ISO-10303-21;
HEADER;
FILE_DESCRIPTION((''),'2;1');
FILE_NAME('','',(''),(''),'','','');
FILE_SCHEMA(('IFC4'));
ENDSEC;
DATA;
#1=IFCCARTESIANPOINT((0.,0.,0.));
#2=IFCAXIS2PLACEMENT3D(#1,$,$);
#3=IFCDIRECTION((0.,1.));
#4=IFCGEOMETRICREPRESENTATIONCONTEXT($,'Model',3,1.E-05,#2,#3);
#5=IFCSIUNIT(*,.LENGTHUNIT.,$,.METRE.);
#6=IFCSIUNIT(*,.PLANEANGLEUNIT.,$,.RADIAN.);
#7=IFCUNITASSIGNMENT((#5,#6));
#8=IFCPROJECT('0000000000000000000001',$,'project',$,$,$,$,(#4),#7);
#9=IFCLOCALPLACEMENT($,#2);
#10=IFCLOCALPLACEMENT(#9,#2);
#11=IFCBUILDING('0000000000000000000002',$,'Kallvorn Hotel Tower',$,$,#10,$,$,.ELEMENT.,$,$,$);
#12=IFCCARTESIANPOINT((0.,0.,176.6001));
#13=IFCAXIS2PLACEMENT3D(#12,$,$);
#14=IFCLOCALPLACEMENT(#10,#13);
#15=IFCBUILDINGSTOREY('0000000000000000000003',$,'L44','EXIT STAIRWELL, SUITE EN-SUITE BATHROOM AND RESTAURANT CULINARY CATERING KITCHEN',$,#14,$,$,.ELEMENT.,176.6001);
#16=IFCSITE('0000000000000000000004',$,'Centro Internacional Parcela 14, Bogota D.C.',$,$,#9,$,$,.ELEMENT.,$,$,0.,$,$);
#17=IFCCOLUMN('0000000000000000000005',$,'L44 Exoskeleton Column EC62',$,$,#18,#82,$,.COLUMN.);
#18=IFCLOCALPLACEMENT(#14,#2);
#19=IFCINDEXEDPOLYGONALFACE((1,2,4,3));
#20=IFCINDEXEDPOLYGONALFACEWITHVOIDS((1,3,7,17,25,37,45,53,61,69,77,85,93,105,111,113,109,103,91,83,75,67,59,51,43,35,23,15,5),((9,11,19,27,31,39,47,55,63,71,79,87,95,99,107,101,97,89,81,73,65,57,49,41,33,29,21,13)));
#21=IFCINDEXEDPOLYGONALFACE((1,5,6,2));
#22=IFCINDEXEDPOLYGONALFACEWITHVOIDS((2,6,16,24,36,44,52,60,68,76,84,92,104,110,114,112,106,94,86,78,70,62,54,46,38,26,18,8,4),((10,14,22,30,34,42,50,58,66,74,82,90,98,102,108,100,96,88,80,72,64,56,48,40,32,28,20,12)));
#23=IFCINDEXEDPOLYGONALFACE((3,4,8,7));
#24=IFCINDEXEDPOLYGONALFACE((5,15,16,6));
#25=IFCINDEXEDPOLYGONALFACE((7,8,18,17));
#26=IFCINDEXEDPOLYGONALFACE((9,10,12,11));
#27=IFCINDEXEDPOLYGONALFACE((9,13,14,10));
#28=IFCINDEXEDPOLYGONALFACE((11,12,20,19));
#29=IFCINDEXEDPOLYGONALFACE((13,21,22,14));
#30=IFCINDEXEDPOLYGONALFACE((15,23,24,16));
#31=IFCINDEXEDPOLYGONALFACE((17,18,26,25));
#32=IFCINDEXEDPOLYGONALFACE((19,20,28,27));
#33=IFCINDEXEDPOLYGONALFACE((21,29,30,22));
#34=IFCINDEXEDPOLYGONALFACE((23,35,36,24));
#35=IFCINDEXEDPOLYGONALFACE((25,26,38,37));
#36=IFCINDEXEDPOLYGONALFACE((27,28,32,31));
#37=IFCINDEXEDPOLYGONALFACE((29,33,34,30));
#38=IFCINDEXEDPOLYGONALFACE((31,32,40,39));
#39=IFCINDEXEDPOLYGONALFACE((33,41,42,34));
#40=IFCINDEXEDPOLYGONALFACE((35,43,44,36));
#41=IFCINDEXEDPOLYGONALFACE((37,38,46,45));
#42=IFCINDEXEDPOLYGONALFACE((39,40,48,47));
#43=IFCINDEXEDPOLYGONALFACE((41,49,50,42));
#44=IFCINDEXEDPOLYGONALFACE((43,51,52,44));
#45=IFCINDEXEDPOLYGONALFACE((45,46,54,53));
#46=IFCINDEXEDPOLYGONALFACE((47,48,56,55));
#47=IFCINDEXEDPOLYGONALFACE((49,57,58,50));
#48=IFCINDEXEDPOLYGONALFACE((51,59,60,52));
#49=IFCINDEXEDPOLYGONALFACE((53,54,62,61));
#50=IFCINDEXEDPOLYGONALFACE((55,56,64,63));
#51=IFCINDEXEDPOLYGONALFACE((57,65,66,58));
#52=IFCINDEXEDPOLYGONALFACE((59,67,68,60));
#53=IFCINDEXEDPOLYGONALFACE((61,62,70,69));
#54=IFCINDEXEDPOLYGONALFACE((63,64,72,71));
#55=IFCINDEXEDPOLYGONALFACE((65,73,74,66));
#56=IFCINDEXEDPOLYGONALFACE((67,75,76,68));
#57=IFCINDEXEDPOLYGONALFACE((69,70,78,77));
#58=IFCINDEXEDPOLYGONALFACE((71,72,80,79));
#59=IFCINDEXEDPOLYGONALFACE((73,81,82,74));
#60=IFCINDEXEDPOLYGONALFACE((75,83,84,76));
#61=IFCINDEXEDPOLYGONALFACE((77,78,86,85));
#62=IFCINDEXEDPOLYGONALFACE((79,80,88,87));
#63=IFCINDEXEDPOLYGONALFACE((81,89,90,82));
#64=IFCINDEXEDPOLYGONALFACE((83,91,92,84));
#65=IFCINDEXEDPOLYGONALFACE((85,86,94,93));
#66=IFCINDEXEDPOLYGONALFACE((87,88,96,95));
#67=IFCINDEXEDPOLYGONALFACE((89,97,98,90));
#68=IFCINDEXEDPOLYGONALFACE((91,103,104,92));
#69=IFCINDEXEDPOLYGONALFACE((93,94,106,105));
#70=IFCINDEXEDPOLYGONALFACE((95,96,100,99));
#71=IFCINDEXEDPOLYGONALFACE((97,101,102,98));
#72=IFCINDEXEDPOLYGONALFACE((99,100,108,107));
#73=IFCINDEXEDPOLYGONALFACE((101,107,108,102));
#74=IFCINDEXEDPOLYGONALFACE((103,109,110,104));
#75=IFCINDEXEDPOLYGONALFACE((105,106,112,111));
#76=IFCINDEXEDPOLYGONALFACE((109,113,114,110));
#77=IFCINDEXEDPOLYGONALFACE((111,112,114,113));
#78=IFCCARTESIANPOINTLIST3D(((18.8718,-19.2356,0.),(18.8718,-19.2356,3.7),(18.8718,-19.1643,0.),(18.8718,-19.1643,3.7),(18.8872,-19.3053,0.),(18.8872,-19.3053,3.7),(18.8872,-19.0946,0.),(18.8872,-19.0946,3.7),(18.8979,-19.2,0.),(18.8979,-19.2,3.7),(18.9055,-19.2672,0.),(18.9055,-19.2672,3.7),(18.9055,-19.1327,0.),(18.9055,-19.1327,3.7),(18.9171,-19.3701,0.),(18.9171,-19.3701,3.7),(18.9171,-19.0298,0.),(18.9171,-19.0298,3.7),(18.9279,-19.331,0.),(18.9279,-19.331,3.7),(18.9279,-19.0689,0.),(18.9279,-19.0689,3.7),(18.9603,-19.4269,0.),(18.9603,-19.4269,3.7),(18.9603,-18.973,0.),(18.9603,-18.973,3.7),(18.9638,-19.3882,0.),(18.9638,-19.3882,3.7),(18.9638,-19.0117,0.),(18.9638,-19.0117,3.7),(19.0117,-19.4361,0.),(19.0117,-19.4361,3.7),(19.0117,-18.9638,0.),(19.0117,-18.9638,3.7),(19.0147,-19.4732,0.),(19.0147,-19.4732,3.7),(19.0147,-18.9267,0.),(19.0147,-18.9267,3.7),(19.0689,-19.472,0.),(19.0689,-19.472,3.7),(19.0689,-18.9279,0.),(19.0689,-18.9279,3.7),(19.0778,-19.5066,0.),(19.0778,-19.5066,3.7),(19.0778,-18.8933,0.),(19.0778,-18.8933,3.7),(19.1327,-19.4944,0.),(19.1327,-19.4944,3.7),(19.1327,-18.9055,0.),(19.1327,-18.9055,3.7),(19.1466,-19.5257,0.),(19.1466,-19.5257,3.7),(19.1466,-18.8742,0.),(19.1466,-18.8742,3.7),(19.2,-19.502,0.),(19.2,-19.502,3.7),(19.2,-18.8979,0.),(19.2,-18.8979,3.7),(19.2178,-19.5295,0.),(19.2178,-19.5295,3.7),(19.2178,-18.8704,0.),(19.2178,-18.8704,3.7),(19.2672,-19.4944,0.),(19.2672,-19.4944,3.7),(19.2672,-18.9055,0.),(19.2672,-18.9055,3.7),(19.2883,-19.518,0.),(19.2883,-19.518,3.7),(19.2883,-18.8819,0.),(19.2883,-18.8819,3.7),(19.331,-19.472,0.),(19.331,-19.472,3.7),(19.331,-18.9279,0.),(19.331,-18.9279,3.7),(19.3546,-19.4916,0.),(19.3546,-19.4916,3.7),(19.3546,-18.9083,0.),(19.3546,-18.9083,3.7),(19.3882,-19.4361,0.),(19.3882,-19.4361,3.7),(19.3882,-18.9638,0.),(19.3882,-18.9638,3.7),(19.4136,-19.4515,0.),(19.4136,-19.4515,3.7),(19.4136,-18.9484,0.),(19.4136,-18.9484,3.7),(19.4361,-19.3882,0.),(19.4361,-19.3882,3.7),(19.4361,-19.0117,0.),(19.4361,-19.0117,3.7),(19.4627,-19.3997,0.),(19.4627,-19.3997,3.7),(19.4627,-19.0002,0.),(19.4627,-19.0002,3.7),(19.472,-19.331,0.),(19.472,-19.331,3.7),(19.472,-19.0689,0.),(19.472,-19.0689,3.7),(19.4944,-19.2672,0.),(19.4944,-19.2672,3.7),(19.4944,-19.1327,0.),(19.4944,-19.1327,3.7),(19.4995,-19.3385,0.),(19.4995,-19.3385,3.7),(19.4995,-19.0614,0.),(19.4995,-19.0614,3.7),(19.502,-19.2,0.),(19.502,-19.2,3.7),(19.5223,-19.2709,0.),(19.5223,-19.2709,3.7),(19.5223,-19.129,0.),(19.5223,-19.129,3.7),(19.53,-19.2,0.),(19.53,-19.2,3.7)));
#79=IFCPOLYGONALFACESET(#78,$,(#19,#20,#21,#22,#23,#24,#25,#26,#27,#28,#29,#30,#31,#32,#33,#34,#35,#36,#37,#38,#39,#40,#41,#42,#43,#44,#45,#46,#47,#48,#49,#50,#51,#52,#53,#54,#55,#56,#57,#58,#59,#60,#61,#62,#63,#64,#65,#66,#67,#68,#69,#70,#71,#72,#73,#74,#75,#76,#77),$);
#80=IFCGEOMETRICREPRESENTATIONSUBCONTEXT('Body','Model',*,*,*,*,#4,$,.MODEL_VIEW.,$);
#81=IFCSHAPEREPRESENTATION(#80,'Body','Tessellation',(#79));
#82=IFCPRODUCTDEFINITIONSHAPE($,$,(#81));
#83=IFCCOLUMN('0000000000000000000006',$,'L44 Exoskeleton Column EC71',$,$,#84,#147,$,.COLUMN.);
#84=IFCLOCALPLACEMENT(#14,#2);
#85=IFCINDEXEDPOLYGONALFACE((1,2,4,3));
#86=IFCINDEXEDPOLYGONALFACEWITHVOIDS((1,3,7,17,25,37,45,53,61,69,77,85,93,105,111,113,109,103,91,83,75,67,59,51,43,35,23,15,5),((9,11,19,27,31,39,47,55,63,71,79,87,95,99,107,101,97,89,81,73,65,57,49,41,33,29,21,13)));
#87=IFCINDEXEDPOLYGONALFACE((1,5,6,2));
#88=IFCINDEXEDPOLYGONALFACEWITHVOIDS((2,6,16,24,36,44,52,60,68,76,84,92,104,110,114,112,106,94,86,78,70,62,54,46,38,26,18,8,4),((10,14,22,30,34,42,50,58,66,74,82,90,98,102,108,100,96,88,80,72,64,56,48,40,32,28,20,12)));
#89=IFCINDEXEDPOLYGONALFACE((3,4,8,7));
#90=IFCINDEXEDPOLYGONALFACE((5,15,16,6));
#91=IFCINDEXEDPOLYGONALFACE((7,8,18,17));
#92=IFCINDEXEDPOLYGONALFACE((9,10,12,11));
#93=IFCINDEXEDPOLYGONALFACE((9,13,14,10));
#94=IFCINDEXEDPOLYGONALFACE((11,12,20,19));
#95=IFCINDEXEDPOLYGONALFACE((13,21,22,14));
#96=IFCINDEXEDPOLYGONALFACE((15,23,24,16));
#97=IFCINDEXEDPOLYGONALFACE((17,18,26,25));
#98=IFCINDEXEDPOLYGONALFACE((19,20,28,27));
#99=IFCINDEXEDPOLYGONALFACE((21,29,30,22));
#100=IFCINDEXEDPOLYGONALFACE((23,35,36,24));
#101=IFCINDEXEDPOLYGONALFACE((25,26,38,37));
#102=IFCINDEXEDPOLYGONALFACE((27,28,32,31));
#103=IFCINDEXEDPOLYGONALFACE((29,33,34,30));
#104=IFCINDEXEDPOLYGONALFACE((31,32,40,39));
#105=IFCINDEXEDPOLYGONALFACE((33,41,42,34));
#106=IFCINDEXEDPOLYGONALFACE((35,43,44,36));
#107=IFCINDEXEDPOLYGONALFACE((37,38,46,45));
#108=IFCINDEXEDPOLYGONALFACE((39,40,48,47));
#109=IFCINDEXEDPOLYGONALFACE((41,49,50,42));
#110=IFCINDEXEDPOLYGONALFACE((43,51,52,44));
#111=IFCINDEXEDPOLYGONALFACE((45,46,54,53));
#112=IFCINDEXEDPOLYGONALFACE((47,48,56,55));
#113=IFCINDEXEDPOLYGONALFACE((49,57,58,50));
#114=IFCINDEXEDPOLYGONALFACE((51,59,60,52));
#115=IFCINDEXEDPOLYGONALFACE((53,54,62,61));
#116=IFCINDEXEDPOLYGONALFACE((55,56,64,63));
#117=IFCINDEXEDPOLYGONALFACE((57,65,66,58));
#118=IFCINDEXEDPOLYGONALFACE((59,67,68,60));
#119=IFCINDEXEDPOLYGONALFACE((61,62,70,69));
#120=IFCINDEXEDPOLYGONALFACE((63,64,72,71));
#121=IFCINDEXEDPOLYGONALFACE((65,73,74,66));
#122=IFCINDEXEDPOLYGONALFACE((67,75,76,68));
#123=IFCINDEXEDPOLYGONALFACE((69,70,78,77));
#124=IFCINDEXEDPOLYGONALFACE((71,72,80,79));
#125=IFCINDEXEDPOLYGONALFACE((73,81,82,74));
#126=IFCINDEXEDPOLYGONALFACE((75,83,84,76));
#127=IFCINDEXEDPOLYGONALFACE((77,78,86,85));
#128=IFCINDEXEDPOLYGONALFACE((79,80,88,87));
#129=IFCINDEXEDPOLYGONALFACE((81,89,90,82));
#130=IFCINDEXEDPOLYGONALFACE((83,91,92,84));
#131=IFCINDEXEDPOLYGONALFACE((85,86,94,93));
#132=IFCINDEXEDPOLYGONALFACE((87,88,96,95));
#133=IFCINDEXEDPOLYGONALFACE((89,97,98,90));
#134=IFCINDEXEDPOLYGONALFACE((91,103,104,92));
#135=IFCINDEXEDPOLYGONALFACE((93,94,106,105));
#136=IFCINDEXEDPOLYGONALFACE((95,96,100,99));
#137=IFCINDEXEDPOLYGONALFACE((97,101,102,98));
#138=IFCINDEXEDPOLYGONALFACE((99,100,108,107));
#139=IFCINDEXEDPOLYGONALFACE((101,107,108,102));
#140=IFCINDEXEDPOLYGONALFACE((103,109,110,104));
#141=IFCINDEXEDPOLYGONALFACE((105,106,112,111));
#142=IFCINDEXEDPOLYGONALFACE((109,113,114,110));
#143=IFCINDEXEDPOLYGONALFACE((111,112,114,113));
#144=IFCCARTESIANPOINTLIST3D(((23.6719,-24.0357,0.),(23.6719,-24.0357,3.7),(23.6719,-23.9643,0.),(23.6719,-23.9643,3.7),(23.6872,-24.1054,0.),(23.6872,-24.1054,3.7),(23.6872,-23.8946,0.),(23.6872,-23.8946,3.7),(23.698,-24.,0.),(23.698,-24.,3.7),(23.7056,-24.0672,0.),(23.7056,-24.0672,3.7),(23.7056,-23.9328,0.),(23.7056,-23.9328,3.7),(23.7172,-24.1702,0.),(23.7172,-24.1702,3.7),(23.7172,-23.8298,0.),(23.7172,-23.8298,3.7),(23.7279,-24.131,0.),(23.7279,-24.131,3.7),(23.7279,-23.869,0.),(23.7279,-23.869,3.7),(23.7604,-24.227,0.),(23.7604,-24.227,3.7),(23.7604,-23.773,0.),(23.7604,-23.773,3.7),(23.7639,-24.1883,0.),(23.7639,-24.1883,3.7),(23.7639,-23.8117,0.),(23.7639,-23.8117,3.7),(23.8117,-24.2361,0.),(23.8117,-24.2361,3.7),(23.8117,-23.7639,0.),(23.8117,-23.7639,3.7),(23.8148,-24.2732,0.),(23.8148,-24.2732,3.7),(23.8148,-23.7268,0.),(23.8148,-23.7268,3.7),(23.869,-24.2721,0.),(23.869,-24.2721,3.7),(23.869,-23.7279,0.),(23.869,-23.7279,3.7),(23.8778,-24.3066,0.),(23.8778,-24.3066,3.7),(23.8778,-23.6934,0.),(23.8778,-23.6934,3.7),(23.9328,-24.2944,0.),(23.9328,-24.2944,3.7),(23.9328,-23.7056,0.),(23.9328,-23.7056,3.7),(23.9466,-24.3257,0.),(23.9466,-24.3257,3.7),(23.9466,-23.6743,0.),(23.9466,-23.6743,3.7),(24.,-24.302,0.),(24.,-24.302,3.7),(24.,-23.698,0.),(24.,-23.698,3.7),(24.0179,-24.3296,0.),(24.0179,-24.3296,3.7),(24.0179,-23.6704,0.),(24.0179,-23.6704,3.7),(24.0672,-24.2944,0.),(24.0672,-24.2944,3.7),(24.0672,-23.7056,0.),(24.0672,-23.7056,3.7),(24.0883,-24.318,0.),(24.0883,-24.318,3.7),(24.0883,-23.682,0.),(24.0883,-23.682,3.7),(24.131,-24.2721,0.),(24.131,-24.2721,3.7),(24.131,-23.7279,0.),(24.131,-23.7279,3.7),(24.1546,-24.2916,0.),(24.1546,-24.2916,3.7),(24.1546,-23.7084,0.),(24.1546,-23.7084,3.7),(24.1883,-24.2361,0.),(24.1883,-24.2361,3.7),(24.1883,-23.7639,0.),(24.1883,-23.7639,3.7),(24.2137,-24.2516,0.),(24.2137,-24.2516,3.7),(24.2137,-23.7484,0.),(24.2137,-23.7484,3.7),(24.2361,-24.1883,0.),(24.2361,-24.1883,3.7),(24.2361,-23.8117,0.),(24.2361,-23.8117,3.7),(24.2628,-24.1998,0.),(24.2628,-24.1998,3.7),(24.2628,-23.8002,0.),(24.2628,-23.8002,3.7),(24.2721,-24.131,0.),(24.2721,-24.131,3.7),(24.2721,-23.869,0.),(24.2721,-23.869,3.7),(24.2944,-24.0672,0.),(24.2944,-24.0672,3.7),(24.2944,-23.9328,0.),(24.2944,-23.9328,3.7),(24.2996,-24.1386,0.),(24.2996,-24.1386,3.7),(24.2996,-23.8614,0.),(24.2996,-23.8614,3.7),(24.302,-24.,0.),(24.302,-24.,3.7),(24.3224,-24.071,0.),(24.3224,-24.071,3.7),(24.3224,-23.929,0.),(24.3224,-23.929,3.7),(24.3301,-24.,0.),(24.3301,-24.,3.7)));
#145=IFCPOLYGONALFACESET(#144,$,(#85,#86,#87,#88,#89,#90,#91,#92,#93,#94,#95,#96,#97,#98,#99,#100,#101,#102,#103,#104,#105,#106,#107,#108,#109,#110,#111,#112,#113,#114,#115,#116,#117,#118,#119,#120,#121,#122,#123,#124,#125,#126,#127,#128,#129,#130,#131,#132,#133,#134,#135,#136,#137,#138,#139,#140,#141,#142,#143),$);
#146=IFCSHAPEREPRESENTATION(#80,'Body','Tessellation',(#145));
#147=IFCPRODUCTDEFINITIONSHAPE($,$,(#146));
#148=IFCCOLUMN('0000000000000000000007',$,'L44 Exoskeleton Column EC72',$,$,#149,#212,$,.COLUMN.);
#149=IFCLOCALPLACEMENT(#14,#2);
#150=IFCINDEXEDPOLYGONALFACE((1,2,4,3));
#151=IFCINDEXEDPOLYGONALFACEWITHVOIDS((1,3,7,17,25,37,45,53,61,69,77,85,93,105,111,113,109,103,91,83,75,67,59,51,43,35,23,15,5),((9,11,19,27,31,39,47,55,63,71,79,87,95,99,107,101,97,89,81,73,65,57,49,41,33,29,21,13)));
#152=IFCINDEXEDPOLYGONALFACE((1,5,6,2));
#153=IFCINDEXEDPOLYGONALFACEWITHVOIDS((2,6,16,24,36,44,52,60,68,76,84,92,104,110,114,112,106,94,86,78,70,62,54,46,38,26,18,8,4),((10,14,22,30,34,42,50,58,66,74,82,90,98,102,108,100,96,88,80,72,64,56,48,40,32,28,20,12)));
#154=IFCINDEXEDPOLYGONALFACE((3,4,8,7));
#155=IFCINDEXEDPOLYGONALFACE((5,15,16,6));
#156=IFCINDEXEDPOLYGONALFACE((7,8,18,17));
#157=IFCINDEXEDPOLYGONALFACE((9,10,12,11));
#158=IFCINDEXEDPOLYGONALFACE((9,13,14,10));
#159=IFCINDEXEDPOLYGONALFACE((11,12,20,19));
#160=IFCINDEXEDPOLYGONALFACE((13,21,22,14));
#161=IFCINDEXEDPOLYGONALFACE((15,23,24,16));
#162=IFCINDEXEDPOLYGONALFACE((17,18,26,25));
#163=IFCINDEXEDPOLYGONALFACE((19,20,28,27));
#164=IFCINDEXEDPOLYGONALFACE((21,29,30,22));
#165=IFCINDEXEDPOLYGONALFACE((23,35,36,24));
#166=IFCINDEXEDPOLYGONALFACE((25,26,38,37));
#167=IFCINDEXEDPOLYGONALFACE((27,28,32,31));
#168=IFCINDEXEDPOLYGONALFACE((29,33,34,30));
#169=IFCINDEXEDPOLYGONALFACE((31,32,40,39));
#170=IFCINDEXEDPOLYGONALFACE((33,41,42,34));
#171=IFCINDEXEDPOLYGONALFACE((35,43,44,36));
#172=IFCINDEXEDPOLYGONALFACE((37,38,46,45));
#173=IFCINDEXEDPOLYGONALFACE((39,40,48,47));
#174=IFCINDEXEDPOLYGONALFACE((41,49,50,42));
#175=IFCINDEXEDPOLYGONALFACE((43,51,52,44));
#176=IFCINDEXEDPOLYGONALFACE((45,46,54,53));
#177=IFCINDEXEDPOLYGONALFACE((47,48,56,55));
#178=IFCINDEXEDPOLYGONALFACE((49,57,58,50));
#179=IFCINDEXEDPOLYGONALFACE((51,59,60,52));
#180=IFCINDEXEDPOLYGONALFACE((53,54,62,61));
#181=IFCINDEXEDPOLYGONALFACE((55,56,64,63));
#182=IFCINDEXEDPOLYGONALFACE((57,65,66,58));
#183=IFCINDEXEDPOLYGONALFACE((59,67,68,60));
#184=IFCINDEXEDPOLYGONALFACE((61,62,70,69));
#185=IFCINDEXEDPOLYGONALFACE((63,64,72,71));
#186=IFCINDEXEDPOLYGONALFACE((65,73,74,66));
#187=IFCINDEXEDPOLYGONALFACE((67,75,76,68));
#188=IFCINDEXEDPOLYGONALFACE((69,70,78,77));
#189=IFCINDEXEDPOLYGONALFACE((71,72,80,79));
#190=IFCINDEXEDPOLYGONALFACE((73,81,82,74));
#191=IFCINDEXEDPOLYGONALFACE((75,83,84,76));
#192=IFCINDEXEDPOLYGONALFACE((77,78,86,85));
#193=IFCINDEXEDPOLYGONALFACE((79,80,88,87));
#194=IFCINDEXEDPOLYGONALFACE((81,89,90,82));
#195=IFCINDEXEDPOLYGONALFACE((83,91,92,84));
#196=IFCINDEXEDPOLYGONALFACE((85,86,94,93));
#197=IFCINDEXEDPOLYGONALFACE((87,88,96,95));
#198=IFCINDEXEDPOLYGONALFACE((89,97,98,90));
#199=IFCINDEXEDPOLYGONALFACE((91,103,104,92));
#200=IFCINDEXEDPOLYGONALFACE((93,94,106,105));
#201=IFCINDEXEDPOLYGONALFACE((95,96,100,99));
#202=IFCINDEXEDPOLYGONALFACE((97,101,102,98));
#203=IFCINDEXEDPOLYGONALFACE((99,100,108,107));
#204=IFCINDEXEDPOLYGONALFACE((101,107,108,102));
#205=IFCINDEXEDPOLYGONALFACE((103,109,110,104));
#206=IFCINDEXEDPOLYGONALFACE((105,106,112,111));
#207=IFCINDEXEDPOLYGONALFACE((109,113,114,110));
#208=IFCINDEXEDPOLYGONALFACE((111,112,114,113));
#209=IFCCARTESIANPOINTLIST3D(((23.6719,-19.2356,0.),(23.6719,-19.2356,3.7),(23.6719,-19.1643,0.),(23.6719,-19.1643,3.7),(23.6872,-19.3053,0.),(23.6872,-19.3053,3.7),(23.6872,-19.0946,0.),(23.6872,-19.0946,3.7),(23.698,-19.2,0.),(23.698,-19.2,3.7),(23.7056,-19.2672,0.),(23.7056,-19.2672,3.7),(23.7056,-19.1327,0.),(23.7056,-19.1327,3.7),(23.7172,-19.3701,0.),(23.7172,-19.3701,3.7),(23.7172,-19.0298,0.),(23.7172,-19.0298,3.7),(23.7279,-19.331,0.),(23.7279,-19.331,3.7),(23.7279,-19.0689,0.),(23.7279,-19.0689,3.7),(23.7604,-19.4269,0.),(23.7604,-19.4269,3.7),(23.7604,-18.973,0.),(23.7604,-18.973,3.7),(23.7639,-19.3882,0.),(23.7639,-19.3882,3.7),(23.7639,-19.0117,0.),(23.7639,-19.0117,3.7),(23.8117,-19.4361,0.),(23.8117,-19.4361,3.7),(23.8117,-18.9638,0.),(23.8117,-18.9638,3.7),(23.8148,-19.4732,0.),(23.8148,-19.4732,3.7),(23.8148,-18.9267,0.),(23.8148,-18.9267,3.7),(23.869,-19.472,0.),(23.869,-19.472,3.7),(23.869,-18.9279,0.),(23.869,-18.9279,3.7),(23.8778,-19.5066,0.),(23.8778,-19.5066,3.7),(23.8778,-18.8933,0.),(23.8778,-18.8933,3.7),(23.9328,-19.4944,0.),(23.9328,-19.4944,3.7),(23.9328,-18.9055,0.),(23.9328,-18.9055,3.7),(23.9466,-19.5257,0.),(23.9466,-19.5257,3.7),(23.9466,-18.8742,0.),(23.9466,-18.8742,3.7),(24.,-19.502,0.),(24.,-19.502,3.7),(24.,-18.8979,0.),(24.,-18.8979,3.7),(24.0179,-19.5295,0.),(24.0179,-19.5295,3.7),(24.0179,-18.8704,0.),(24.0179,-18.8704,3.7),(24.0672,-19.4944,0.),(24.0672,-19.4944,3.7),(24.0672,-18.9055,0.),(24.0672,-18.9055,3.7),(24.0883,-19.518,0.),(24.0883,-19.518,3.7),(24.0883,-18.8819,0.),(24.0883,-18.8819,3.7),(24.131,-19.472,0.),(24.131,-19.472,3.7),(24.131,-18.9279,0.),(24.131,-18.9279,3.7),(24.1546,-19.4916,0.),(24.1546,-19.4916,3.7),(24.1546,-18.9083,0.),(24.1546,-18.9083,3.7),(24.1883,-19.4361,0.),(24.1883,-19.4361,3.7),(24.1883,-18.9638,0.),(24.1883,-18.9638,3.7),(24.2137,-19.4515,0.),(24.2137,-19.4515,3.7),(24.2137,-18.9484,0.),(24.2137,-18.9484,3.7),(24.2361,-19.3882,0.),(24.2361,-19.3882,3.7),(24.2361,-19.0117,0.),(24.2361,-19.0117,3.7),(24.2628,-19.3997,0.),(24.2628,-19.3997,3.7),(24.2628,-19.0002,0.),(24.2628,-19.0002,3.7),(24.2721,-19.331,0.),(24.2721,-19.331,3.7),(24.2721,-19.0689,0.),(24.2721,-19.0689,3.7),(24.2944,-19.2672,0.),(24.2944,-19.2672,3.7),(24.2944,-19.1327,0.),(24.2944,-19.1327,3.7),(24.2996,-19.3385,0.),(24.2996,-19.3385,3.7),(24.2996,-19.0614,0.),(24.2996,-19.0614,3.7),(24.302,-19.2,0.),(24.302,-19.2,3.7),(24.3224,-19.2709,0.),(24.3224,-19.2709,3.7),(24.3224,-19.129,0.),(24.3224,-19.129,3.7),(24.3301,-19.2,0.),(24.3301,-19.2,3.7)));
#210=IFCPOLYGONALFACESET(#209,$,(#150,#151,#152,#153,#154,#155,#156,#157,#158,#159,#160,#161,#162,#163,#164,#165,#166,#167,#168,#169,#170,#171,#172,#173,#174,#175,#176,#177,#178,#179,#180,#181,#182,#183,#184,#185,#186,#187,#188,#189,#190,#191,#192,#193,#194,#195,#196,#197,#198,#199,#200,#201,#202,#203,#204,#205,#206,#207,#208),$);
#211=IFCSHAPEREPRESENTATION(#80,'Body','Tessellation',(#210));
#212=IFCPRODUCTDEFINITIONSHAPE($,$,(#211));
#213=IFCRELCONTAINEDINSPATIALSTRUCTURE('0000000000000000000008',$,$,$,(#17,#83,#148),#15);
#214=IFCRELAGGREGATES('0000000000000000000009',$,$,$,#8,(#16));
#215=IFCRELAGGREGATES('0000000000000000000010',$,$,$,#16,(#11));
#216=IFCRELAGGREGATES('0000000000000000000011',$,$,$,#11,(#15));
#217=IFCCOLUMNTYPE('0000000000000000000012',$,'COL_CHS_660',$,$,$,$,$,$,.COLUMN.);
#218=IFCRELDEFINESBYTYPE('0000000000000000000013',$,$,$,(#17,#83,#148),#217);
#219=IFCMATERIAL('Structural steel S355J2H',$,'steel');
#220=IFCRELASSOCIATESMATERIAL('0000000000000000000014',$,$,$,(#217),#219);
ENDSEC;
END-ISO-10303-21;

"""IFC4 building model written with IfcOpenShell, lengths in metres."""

from ifc_helpers import new_model, si_unit, direction, frame, origin, origin_2d, place, context, subcontext, project, spatial, hollow_circle, extrude, material, material_profile, profile_set, type_object, element, save


model = new_model("IFC4")

# Units and contexts
model_context = context("Model", 3, precision=1e-05, world=origin(), true_north=direction((0.0, 1.0)))
body_context = subcontext(model_context, "Body", "Model", "MODEL_VIEW")
ifc_project = project(units=[si_unit("LENGTHUNIT", "METRE"), si_unit("PLANEANGLEUNIT", "RADIAN")], contexts=[model_context])

# Site, building, storey
site_placement = place(None, origin())
site = spatial("IfcSite", under=ifc_project, at=site_placement, Name="Centro Internacional Parcela 14, Bogota D.C.", CompositionType="ELEMENT", RefElevation=0.0)
building_placement = place(site_placement, origin())
building = spatial("IfcBuilding", under=site, at=building_placement, Name="Kallvorn Hotel Tower", CompositionType="ELEMENT")
storey_placement = place(building_placement, frame((0.0, 0.0, 176.6001)))
storey = spatial("IfcBuildingStorey", under=building, at=storey_placement, Name="L44", Description="EXIT STAIRWELL, SUITE EN-SUITE BATHROOM AND RESTAURANT CULINARY CATERING KITCHEN", CompositionType="ELEMENT", Elevation=176.6001)

# Columns
ifc_material_1 = material(Name="Structural steel S355J2H", Category="steel")
ifc_material_profile_1 = material_profile(ifc_material_1, hollow_circle(Radius=0.3301, WallThickness=0.0281, at=origin_2d()), Name="CHS 660x28")
ifc_profile_set_1 = profile_set([ifc_material_profile_1], Name="Structural steel S355J2H")
column_type = type_object("IfcColumnType", Name="COL_CHS_660", PredefinedType="COLUMN", material=ifc_profile_set_1)
for number, where, z_axis, x_axis, name in (
    (1, (19.2, -19.2, 0.0), (0.0, 0.0, 1.0), (1.0, 0.0, 0.0), "L44 Exoskeleton Column EC62"),
    (2, (24.0, -24.0, 0.0), (0.0, 0.0, 1.0), (1.0, 0.0, 0.0), "L44 Exoskeleton Column EC71"),
    (3, (24.0, -19.2, 0.0), (0.0, 0.0, 1.0), (1.0, 0.0, 0.0), "L44 Exoskeleton Column EC72"),
):
    element("IfcColumn", number, at=place(storey_placement, frame(where, z_axis=z_axis, x_axis=x_axis)), inside=storey, type_object=column_type, Name=name, PredefinedType="COLUMN", context=body_context, shape_type="SweptSolid", body=[
        extrude(hollow_circle(Radius=0.3301, WallThickness=0.0281, at=origin_2d()), origin(), (0.0, 0.0, 1.0), 3.7),
    ])

save(model, "model.ifc")
